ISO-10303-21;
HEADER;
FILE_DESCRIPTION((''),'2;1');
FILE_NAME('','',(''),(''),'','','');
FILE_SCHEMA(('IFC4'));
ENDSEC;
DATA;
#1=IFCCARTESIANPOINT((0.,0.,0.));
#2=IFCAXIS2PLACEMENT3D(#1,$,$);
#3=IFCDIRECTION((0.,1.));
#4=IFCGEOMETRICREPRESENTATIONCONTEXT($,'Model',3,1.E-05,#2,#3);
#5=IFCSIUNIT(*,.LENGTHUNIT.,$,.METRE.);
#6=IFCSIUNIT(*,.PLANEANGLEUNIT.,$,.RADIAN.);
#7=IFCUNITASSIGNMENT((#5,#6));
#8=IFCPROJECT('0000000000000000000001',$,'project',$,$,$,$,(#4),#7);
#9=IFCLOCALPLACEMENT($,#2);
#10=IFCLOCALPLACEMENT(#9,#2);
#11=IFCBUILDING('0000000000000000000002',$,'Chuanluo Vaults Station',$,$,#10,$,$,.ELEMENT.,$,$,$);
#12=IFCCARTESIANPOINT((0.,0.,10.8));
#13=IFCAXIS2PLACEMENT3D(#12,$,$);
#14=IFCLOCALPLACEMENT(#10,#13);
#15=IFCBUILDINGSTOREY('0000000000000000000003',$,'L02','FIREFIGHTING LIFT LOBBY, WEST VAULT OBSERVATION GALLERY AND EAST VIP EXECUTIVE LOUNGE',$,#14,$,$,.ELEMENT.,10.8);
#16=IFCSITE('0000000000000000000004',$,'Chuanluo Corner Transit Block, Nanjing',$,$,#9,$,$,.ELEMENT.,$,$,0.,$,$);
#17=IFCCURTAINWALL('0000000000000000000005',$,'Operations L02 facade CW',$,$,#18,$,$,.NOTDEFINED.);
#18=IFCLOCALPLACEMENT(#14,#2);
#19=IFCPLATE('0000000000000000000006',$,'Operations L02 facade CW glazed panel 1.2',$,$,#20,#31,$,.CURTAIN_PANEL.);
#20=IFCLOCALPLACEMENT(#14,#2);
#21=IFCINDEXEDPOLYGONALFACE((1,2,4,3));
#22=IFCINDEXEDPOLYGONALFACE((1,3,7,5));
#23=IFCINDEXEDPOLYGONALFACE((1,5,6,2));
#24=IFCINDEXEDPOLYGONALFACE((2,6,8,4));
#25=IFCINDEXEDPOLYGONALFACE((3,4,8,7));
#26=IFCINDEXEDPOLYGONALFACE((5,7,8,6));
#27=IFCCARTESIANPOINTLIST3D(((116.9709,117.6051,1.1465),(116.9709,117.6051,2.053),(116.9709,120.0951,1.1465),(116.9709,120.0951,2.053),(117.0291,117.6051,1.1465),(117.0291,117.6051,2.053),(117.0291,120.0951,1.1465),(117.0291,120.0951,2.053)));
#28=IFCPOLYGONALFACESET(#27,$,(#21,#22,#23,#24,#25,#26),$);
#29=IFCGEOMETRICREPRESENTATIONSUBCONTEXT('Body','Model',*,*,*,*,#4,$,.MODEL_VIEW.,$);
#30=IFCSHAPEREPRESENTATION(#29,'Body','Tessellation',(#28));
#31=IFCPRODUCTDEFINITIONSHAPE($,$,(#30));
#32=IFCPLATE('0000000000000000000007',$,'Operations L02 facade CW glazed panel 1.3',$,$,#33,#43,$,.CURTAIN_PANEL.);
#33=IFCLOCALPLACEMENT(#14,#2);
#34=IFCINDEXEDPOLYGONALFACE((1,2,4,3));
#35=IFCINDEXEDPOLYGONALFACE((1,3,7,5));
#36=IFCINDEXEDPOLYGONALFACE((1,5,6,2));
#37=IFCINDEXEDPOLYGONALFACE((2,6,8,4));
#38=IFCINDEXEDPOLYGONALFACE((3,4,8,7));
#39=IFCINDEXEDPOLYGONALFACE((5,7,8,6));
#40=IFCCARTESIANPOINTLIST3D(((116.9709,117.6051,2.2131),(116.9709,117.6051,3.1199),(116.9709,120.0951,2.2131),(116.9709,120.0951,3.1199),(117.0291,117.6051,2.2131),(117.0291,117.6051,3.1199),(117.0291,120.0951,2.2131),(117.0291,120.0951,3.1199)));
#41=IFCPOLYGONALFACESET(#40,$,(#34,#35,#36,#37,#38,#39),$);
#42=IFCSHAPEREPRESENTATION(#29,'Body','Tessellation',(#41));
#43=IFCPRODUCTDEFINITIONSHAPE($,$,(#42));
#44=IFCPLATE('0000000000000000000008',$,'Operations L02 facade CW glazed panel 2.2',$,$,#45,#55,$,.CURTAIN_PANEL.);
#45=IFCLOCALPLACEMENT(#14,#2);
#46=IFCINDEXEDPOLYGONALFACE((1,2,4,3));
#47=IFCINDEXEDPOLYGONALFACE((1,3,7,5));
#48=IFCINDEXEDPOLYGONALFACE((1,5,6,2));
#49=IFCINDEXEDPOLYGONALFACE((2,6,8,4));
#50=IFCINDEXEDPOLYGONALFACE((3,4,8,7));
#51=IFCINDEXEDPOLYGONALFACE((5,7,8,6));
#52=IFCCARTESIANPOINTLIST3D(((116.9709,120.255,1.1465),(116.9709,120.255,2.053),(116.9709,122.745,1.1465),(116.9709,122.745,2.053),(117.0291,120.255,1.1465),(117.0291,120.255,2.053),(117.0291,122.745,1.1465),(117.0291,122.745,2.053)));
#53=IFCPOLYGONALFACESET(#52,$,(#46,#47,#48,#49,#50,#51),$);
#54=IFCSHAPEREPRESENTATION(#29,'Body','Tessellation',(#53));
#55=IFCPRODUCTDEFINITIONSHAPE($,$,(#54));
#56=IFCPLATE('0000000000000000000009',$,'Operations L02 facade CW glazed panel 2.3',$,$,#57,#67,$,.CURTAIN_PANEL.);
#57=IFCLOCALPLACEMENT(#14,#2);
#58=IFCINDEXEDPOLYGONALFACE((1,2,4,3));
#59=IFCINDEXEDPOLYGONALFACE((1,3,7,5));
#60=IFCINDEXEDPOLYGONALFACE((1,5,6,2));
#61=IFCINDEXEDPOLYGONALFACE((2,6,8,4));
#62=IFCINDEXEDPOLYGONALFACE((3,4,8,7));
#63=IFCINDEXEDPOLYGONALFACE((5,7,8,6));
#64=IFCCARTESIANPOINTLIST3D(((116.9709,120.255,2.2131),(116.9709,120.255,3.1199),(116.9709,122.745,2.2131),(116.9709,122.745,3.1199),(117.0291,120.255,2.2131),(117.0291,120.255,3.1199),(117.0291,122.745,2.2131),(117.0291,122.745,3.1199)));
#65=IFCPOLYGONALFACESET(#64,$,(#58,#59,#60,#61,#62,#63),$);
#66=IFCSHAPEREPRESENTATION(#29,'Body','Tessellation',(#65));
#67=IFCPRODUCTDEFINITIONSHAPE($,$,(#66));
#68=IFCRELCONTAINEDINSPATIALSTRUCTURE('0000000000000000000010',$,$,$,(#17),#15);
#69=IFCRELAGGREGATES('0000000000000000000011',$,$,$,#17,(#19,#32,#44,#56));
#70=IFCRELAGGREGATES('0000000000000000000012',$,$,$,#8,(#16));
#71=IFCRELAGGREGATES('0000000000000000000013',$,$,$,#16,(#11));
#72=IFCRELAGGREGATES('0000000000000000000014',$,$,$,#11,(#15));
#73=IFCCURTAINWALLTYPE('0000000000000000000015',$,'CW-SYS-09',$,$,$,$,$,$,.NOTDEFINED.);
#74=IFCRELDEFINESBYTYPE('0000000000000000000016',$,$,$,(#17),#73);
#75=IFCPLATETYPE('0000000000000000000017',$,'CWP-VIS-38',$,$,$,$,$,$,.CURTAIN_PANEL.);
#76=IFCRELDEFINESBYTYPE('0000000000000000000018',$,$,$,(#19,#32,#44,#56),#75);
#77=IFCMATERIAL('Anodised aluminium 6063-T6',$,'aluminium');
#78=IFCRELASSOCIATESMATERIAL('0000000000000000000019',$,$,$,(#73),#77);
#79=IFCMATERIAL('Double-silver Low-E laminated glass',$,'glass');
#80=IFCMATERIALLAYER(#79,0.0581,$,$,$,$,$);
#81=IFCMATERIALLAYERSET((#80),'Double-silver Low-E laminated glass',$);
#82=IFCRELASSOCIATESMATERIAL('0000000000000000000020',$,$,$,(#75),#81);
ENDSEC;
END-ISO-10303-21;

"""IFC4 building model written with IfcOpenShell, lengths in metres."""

from ifc_helpers import new_model, si_unit, direction, frame, origin, origin_2d, place, context, subcontext, project, spatial, rectangle, extrude, material, layer, layer_set, type_object, element, aggregate, save


model = new_model("IFC4")

# Units and contexts
model_context = context("Model", 3, precision=1e-05, world=origin(), true_north=direction((0.0, 1.0)))
body_context = subcontext(model_context, "Body", "Model", "MODEL_VIEW")
ifc_project = project(units=[si_unit("LENGTHUNIT", "METRE"), si_unit("PLANEANGLEUNIT", "RADIAN")], contexts=[model_context])

# Site, building, storey
site_placement = place(None, origin())
site = spatial("IfcSite", under=ifc_project, at=site_placement, Name="Chuanluo Corner Transit Block, Nanjing", CompositionType="ELEMENT", RefElevation=0.0)
building_placement = place(site_placement, origin())
building = spatial("IfcBuilding", under=site, at=building_placement, Name="Chuanluo Vaults Station", CompositionType="ELEMENT")
storey_placement = place(building_placement, frame((0.0, 0.0, 10.8)))
storey = spatial("IfcBuildingStorey", under=building, at=storey_placement, Name="L02", Description="FIREFIGHTING LIFT LOBBY, WEST VAULT OBSERVATION GALLERY AND EAST VIP EXECUTIVE LOUNGE", CompositionType="ELEMENT", Elevation=10.8)

# Curtain wall, plates
ifc_material_1 = material(Name="Anodised aluminium 6063-T6", Category="aluminium")
curtain_wall_type = type_object("IfcCurtainWallType", Name="CW-SYS-09", PredefinedType="NOTDEFINED", material=ifc_material_1)
curtain_wall_placement = place(storey_placement, origin())
curtain_wall = element("IfcCurtainWall", 1, at=curtain_wall_placement, inside=storey, type_object=curtain_wall_type, Name="Operations L02 facade CW", PredefinedType="NOTDEFINED")
ifc_material_2 = material(Name="Double-silver Low-E laminated glass", Category="glass")
ifc_layer_1 = layer(ifc_material_2, 0.0581)
ifc_layer_set_1 = layer_set([ifc_layer_1], Name="Double-silver Low-E laminated glass")
plate_type_1 = type_object("IfcPlateType", Name="CWP-VIS-38", PredefinedType="CURTAIN_PANEL", material=ifc_layer_set_1)
plate_1_placement = place(storey_placement, frame((117.0, 118.8501, 1.1465), z_axis=(0.0, 0.0, 1.0), x_axis=(0.0, 1.0, 0.0)))
plate_1 = element("IfcPlate", 2, at=plate_1_placement, type_object=plate_type_1, Name="Operations L02 facade CW glazed panel 1.2", PredefinedType="CURTAIN_PANEL", context=body_context, shape_type="SweptSolid", body=[
    extrude(rectangle(XDim=2.49, YDim=0.0581, at=origin_2d()), origin(), (0.0, 0.0, 1.0), 0.9065),
])
plate_2_placement = place(storey_placement, frame((117.0, 118.8501, 2.2131), z_axis=(0.0, 0.0, 1.0), x_axis=(0.0, 1.0, 0.0)))
plate_2 = element("IfcPlate", 3, at=plate_2_placement, type_object=plate_type_1, Name="Operations L02 facade CW glazed panel 1.3", PredefinedType="CURTAIN_PANEL", context=body_context, shape_type="SweptSolid", body=[
    extrude(rectangle(XDim=2.49, YDim=0.0581, at=origin_2d()), origin(), (0.0, 0.0, 1.0), 0.9067),
])
plate_3_placement = place(storey_placement, frame((117.0, 121.5, 1.1465), z_axis=(0.0, 0.0, 1.0), x_axis=(0.0, 1.0, 0.0)))
plate_3 = element("IfcPlate", 4, at=plate_3_placement, type_object=plate_type_1, Name="Operations L02 facade CW glazed panel 2.2", PredefinedType="CURTAIN_PANEL", context=body_context, shape_type="SweptSolid", body=[
    extrude(rectangle(XDim=2.49, YDim=0.0581, at=origin_2d()), origin(), (0.0, 0.0, 1.0), 0.9065),
])
plate_4_placement = place(storey_placement, frame((117.0, 121.5, 2.2131), z_axis=(0.0, 0.0, 1.0), x_axis=(0.0, 1.0, 0.0)))
plate_4 = element("IfcPlate", 5, at=plate_4_placement, type_object=plate_type_1, Name="Operations L02 facade CW glazed panel 2.3", PredefinedType="CURTAIN_PANEL", context=body_context, shape_type="SweptSolid", body=[
    extrude(rectangle(XDim=2.49, YDim=0.0581, at=origin_2d()), origin(), (0.0, 0.0, 1.0), 0.9067),
])
aggregate(curtain_wall, [plate_1, plate_2, plate_3, plate_4])

save(model, "model.ifc")
